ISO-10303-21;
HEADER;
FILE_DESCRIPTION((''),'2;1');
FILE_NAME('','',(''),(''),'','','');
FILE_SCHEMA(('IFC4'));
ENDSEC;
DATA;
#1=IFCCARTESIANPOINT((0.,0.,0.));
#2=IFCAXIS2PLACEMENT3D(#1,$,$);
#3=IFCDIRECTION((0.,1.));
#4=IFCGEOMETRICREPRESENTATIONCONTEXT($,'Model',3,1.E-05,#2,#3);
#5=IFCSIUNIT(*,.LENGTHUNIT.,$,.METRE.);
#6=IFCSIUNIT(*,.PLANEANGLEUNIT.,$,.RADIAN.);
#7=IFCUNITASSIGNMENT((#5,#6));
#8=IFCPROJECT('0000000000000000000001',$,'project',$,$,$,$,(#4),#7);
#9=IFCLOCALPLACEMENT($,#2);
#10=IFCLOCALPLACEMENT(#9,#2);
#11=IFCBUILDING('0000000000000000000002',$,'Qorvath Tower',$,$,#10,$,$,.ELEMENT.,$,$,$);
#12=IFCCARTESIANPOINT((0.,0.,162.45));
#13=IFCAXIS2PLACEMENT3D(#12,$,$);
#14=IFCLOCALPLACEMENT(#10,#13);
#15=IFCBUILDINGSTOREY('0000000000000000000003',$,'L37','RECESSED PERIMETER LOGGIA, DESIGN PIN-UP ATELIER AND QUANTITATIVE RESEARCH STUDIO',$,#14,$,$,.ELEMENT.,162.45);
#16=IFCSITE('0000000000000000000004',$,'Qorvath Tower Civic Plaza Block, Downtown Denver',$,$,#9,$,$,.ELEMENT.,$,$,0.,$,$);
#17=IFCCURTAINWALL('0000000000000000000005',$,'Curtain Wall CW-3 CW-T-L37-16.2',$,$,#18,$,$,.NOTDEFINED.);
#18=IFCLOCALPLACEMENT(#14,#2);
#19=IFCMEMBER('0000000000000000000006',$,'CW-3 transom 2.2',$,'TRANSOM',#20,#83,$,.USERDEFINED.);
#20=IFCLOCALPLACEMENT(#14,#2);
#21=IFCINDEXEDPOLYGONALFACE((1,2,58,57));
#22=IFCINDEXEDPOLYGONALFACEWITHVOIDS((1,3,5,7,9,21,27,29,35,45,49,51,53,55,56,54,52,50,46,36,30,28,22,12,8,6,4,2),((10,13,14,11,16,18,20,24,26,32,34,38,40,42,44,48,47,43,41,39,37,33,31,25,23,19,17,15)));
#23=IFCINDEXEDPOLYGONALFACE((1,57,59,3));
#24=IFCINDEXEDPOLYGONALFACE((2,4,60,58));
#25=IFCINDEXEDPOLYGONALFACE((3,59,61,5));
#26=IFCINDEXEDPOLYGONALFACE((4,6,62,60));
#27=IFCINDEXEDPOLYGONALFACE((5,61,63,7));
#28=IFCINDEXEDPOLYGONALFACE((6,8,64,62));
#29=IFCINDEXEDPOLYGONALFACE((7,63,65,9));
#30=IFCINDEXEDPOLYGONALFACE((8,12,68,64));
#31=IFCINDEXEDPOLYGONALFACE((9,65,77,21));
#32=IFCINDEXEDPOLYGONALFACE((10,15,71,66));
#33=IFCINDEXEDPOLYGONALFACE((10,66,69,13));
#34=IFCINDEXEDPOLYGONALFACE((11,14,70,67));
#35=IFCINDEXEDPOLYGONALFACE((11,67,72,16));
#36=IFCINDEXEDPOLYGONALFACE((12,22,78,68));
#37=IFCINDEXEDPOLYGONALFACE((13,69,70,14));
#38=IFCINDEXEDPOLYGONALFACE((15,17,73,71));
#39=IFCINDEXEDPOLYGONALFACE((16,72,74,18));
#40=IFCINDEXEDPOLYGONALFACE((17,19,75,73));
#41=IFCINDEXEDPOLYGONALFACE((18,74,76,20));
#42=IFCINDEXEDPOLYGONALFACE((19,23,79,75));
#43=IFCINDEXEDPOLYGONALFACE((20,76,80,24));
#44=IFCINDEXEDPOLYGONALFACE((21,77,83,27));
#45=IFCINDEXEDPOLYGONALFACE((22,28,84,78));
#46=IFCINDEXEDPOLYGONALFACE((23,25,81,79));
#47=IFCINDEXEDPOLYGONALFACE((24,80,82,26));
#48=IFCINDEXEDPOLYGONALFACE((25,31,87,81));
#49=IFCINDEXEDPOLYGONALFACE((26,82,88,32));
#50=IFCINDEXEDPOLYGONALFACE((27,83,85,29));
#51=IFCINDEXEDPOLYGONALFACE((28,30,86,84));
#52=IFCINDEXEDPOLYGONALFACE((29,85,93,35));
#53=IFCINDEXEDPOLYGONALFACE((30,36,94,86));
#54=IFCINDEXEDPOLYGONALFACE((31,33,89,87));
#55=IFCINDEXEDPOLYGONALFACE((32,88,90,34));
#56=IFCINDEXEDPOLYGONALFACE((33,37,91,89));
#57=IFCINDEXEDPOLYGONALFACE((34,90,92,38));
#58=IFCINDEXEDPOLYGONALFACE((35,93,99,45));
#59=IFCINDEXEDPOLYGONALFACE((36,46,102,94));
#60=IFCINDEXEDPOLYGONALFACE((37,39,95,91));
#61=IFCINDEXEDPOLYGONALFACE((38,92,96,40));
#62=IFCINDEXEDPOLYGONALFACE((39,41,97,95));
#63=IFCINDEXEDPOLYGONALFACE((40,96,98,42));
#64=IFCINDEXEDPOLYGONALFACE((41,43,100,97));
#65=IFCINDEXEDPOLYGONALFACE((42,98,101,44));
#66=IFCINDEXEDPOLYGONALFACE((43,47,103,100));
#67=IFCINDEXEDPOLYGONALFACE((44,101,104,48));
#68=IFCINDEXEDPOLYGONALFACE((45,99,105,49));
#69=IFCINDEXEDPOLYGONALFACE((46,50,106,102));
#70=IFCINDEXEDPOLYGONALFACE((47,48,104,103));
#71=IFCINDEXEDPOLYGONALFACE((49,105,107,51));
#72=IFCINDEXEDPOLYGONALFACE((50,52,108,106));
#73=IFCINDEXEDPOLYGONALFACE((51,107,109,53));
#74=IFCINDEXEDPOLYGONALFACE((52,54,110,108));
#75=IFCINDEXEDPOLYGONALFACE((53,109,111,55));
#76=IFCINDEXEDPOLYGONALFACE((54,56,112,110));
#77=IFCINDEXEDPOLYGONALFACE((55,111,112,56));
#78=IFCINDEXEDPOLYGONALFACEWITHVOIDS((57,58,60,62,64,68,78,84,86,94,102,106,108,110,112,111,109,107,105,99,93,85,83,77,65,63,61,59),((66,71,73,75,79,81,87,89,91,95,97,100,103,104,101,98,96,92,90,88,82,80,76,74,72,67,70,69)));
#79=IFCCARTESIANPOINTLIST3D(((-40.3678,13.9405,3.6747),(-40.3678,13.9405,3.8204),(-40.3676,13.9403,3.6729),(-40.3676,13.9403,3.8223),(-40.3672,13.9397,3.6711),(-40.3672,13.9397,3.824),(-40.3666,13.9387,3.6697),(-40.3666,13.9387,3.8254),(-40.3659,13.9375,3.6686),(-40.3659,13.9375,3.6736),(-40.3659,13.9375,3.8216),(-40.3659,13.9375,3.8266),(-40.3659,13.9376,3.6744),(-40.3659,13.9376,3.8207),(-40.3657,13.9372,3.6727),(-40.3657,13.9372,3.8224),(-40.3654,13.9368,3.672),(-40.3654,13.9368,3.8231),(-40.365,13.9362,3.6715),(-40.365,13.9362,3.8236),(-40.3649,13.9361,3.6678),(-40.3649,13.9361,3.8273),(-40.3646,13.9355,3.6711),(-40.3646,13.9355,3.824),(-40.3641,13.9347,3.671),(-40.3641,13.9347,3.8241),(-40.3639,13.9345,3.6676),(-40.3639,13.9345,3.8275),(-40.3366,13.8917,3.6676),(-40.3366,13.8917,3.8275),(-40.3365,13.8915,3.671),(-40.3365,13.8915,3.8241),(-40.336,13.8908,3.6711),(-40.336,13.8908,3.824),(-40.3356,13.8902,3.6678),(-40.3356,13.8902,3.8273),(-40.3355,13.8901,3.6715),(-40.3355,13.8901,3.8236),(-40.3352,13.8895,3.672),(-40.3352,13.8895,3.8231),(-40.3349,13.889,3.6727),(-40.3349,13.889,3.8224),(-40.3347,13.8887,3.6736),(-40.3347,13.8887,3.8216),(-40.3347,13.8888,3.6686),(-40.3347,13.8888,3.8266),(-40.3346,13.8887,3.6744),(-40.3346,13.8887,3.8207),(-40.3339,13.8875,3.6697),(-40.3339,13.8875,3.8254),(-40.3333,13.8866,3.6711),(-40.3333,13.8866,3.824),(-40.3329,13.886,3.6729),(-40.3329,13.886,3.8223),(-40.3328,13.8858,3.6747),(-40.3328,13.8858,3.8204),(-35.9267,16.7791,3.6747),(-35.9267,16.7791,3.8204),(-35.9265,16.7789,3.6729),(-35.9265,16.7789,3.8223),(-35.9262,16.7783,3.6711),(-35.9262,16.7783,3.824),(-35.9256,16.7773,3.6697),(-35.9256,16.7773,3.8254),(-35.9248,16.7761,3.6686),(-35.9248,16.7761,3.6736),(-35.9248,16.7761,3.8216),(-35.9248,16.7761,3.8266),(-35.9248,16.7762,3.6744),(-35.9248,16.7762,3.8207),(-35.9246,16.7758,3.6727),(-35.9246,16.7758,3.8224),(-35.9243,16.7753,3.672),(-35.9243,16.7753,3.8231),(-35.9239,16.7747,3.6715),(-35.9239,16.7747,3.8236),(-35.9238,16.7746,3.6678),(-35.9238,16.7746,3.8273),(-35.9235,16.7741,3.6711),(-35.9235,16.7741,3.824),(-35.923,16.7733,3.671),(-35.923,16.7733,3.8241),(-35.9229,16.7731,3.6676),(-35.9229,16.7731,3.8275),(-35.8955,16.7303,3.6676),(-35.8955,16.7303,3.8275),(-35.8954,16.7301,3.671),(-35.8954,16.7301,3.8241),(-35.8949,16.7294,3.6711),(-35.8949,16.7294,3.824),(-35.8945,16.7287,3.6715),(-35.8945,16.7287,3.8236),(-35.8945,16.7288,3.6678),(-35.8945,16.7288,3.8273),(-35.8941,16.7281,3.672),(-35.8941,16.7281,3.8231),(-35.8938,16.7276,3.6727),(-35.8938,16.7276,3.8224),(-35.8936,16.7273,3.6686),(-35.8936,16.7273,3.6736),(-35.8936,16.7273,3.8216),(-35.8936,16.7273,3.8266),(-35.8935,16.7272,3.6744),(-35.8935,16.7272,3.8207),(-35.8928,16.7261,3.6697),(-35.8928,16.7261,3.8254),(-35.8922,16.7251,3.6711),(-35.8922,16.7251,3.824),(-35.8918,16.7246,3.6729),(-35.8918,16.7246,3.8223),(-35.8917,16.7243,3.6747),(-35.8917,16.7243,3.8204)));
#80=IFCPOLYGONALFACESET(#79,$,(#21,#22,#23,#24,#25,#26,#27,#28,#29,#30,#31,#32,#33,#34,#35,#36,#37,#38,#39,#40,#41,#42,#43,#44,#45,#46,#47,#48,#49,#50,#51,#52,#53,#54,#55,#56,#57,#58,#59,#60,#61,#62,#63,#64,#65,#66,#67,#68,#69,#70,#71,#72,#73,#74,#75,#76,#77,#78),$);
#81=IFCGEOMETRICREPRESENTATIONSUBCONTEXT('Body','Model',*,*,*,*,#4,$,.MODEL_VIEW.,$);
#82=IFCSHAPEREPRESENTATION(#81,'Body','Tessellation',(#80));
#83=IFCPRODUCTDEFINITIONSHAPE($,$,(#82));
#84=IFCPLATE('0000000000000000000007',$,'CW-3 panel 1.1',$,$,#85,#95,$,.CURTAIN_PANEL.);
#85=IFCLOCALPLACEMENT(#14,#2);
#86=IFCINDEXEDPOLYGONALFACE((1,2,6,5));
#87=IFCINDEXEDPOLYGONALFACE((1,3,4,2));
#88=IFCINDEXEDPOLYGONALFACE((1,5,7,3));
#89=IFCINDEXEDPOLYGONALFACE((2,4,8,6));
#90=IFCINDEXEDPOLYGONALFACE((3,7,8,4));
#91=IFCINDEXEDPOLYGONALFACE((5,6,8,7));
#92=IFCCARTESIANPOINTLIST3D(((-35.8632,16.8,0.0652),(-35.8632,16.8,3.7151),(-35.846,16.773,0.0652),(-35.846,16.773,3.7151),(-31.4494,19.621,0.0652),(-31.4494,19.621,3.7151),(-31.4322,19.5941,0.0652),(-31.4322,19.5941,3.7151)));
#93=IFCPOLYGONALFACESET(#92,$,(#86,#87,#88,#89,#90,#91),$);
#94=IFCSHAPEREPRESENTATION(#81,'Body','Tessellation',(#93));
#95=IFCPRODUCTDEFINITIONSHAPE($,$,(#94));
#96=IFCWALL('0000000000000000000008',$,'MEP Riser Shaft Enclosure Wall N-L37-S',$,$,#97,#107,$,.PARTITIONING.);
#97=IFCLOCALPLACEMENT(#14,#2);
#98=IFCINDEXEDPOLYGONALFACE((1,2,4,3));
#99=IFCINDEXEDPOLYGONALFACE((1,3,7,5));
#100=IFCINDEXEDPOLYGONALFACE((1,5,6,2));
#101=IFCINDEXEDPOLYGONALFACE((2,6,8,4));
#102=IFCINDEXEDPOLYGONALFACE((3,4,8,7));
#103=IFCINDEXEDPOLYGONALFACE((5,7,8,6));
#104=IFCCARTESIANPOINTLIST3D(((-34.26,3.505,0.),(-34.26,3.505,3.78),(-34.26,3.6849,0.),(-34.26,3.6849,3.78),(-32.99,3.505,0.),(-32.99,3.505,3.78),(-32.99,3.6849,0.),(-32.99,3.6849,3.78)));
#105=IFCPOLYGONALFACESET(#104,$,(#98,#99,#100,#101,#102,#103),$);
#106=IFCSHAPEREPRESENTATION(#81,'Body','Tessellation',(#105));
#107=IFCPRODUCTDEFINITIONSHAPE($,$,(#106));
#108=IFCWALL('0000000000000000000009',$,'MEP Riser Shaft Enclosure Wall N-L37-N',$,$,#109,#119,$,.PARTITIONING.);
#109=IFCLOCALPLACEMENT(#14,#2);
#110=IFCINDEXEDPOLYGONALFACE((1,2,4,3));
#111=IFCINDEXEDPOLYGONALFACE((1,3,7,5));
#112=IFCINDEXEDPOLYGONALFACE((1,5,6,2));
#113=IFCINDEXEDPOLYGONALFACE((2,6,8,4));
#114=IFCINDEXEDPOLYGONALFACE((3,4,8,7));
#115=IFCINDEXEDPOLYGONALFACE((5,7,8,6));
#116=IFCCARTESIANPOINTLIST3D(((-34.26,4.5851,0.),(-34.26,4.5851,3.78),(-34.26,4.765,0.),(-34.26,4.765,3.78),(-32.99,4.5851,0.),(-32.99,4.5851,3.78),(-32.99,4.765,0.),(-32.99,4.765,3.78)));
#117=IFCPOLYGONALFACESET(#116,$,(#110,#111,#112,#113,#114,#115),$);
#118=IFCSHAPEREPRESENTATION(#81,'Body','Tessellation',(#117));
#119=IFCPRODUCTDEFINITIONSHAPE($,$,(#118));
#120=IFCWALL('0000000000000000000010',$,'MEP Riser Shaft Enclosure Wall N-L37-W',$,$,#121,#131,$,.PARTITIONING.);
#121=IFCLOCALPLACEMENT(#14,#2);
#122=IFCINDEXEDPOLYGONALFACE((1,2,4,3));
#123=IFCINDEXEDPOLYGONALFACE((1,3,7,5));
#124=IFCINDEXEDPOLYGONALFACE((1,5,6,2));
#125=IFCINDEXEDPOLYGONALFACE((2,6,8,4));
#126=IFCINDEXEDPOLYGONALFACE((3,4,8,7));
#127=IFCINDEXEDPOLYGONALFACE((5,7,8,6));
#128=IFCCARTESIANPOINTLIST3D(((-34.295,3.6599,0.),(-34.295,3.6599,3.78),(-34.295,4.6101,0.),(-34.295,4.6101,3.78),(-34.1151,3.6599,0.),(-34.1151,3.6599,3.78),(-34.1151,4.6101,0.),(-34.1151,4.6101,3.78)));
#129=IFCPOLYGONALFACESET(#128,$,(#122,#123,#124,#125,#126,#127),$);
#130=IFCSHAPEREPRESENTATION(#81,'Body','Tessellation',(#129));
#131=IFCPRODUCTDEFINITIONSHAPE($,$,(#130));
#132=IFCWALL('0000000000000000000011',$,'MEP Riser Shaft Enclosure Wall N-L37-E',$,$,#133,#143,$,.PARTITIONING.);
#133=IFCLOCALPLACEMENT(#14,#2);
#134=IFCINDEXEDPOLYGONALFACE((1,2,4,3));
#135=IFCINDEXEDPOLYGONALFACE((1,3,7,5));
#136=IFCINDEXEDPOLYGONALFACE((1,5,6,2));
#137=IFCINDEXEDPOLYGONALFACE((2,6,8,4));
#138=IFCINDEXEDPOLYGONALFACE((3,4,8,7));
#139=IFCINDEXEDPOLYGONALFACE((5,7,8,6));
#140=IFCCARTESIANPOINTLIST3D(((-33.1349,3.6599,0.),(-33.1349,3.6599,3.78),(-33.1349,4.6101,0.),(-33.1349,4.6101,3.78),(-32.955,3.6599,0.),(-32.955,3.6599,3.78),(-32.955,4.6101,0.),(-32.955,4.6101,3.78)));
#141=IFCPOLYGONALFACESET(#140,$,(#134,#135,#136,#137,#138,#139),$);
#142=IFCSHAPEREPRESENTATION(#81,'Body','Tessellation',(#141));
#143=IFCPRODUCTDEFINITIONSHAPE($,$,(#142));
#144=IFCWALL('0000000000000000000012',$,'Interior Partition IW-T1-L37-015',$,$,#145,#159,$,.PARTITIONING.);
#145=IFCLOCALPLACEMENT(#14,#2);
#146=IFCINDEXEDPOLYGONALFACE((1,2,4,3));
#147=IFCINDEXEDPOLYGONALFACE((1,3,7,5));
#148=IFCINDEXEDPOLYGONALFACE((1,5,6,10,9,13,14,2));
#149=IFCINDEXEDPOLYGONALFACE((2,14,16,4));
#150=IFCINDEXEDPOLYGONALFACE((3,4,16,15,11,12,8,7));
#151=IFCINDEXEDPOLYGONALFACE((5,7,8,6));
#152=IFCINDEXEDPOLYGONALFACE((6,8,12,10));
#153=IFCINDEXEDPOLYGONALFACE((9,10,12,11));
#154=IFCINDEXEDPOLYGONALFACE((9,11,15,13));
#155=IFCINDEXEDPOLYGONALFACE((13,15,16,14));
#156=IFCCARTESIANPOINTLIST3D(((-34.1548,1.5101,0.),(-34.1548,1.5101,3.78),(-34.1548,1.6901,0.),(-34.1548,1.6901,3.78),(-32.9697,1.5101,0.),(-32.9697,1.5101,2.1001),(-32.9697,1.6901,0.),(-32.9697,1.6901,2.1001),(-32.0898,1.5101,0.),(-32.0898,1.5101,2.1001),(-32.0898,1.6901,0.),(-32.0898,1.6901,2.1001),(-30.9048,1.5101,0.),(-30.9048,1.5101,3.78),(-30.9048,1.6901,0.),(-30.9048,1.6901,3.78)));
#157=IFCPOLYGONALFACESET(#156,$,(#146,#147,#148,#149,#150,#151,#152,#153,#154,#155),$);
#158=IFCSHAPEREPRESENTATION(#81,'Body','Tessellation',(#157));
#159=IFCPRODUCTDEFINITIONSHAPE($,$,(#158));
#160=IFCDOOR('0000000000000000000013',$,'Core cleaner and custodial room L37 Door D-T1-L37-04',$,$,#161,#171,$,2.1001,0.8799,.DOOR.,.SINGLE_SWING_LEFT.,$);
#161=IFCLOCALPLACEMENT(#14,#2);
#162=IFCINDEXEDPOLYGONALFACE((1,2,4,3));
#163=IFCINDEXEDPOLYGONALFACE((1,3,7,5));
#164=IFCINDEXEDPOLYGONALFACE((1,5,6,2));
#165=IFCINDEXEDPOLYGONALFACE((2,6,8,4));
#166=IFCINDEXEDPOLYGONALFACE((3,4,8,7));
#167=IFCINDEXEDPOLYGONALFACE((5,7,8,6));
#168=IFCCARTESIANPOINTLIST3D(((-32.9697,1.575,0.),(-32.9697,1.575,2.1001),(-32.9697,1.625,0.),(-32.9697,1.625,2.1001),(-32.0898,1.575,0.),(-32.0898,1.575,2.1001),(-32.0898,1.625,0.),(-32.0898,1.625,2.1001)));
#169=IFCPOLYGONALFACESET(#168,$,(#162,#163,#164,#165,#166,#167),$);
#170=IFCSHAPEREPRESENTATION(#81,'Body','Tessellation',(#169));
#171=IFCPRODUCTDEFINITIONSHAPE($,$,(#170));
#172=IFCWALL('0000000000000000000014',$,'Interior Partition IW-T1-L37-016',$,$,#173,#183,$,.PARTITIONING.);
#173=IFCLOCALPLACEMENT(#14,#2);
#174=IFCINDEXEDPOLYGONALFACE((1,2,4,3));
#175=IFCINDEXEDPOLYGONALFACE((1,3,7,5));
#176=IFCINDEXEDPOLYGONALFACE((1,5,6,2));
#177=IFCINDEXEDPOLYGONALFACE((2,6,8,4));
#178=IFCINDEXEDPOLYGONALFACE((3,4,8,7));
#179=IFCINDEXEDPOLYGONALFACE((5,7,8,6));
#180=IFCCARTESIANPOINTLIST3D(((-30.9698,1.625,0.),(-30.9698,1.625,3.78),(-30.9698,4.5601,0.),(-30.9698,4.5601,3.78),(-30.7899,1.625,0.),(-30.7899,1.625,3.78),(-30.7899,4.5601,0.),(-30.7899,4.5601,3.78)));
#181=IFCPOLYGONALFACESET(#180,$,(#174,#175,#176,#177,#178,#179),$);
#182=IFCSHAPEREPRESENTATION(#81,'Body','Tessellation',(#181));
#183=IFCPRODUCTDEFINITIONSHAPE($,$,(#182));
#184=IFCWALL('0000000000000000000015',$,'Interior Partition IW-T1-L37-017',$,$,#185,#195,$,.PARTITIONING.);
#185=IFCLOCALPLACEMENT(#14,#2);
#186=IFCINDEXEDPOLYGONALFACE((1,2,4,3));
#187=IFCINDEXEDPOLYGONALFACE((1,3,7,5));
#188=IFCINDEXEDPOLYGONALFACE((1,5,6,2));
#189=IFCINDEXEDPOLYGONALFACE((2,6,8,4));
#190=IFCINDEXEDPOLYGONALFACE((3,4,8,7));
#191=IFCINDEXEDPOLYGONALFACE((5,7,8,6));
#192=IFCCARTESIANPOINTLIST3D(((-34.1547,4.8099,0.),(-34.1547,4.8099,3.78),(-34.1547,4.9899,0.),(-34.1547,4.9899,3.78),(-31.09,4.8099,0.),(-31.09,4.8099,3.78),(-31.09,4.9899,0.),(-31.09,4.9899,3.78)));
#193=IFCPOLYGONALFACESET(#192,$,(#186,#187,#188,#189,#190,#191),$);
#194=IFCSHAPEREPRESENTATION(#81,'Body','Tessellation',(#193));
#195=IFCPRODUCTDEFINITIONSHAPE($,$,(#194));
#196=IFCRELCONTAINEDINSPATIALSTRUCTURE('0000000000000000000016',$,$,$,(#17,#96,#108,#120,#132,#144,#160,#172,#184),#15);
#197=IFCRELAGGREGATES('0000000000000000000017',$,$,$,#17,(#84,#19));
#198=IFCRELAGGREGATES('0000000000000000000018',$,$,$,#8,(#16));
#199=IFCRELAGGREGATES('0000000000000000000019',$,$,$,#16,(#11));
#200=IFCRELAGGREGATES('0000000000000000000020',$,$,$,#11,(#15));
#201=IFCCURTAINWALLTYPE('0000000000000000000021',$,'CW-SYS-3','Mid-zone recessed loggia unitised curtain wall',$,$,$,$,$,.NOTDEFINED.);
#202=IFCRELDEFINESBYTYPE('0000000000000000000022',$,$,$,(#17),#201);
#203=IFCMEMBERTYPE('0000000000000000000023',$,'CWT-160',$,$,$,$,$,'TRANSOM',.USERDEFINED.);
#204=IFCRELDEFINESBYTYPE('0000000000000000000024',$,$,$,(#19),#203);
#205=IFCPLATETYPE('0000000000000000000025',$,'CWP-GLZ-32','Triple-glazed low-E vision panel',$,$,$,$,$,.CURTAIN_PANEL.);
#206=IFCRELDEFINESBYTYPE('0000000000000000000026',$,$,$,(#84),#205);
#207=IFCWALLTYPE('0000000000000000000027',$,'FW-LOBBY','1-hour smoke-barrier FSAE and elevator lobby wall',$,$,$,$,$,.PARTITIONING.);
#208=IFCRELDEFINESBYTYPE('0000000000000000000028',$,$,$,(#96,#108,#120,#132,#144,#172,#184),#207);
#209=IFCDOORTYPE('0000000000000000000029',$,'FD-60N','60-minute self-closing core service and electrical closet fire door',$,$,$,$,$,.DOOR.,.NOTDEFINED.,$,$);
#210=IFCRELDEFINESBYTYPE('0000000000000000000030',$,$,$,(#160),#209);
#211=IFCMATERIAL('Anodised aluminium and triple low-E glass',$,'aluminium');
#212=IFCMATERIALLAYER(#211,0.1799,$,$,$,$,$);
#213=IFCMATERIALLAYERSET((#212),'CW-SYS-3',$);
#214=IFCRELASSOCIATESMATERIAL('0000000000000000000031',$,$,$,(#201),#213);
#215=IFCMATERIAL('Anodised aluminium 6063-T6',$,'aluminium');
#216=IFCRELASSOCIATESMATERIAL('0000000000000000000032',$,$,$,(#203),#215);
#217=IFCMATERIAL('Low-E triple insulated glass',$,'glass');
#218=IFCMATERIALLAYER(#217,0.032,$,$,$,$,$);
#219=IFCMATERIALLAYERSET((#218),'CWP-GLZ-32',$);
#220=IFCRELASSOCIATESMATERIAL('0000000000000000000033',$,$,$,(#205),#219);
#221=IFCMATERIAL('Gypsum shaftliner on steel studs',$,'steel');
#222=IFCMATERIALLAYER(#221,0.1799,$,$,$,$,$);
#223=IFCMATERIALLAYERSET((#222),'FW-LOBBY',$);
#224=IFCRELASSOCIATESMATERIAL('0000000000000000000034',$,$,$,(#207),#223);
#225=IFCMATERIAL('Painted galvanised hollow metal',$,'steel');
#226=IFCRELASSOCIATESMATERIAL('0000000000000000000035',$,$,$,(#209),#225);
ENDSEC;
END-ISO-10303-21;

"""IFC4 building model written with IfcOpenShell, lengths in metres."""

from ifc_helpers import new_model, si_unit, direction, frame, frame_2d, origin, origin_2d, place, context, subcontext, project, spatial, rectangle, hollow_rectangle, extrude, material, layer, layer_set, material_profile, profile_set, type_object, element, fill, aggregate, save


model = new_model("IFC4")

# Units and contexts
model_context = context("Model", 3, precision=1e-05, world=origin(), true_north=direction((0.0, 1.0)))
body_context = subcontext(model_context, "Body", "Model", "MODEL_VIEW")
ifc_project = project(units=[si_unit("LENGTHUNIT", "METRE"), si_unit("PLANEANGLEUNIT", "RADIAN")], contexts=[model_context])

# Site, building, storey
site_placement = place(None, origin())
site = spatial("IfcSite", under=ifc_project, at=site_placement, Name="Qorvath Tower Civic Plaza Block, Downtown Denver", CompositionType="ELEMENT", RefElevation=0.0)
building_placement = place(site_placement, origin())
building = spatial("IfcBuilding", under=site, at=building_placement, Name="Qorvath Tower", CompositionType="ELEMENT")
storey_placement = place(building_placement, frame((0.0, 0.0, 162.45)))
storey = spatial("IfcBuildingStorey", under=building, at=storey_placement, Name="L37", Description="RECESSED PERIMETER LOGGIA, DESIGN PIN-UP ATELIER AND QUANTITATIVE RESEARCH STUDIO", CompositionType="ELEMENT", Elevation=162.45)

# Shared definitions
ifc_material_1 = material(Name="Anodised aluminium and triple low-E glass", Category="aluminium")
ifc_layer_1 = layer(ifc_material_1, 0.1799)
ifc_layer_set_1 = layer_set([ifc_layer_1], Name="CW-SYS-3")
curtain_wall_type = type_object("IfcCurtainWallType", Name="CW-SYS-3", Description="Mid-zone recessed loggia unitised curtain wall", PredefinedType="NOTDEFINED", material=ifc_layer_set_1)

# Curtain wall, member, plate
curtain_wall_1_placement = place(storey_placement, origin())
curtain_wall_1 = element("IfcCurtainWall", 1, at=curtain_wall_1_placement, inside=storey, type_object=curtain_wall_type, Name="Curtain Wall CW-3 CW-T-L37-16.2", PredefinedType="NOTDEFINED")
ifc_material_2 = material(Name="Anodised aluminium 6063-T6", Category="aluminium")
ifc_material_profile_1 = material_profile(ifc_material_2, hollow_rectangle(XDim=0.0649, YDim=0.1599, WallThickness=0.0034, InnerFilletRadius=0.0034, OuterFilletRadius=0.0071, at=origin_2d()), Name="CWT 160x65")
ifc_profile_set_1 = profile_set([ifc_material_profile_1], Name="Anodised aluminium 6063-T6")
member_type_1 = type_object("IfcMemberType", Name="CWT-160", ElementType="TRANSOM", PredefinedType="USERDEFINED", material=ifc_profile_set_1)
member_1_placement = place(storey_placement, frame((-35.9092, 16.7517, 3.7476), z_axis=(-0.842592, -0.538553, 0.0), x_axis=(0.538553, -0.842592, 0.0)))
member_1 = element("IfcMember", 2, at=member_1_placement, type_object=member_type_1, Name="CW-3 transom 2.2", ObjectType="TRANSOM", PredefinedType="USERDEFINED", context=body_context, shape_type="SweptSolid", body=[
    extrude(hollow_rectangle(XDim=0.0649, YDim=0.1599, WallThickness=0.0034, InnerFilletRadius=0.0034, OuterFilletRadius=0.0071, at=origin_2d()), origin(), (0.0, 0.0, 1.0), 5.2708),
])
ifc_material_3 = material(Name="Low-E triple insulated glass", Category="glass")
ifc_layer_2 = layer(ifc_material_3, 0.032)
ifc_layer_set_2 = layer_set([ifc_layer_2], Name="CWP-GLZ-32")
plate_type = type_object("IfcPlateType", Name="CWP-GLZ-32", Description="Triple-glazed low-E vision panel", PredefinedType="CURTAIN_PANEL", material=ifc_layer_set_2)
plate_placement = place(storey_placement, frame((-33.6477, 18.197, 0.0652), z_axis=(0.0, 0.0, 1.0), x_axis=(-0.8426, -0.538539, 0.0)))
plate = element("IfcPlate", 3, at=plate_placement, type_object=plate_type, Name="CW-3 panel 1.1", PredefinedType="CURTAIN_PANEL", context=body_context, shape_type="SweptSolid", body=[
    extrude(rectangle(XDim=5.2383, YDim=0.032, at=origin_2d()), origin(), (0.0, 0.0, 1.0), 3.6499),
])
aggregate(curtain_wall_1, [plate, member_1])

# Walls
ifc_material_4 = material(Name="Gypsum shaftliner on steel studs", Category="steel")
ifc_layer_3 = layer(ifc_material_4, 0.1799)
ifc_layer_set_3 = layer_set([ifc_layer_3], Name="FW-LOBBY")
wall_type_1 = type_object("IfcWallType", Name="FW-LOBBY", Description="1-hour smoke-barrier FSAE and elevator lobby wall", PredefinedType="PARTITIONING", material=ifc_layer_set_3)
for number, where, z_axis, x_axis, name in (
    (4, (-32.99, 3.595, 0.0), (0.0, 0.0, 1.0), (-1.0, 0.0, 0.0), "MEP Riser Shaft Enclosure Wall N-L37-S"),
    (5, (-34.26, 4.675, 0.0), (0.0, 0.0, 1.0), (1.0, 0.0, 0.0), "MEP Riser Shaft Enclosure Wall N-L37-N"),
):
    element("IfcWall", number, at=place(storey_placement, frame(where, z_axis=z_axis, x_axis=x_axis)), inside=storey, type_object=wall_type_1, Name=name, PredefinedType="PARTITIONING", context=body_context, shape_type="SweptSolid", body=[
        extrude(rectangle(XDim=1.27, YDim=0.1799, at=frame_2d((0.635, 0.0))), origin(), (0.0, 0.0, 1.0), 3.78),
    ])
for number, where, z_axis, x_axis, name in (
    (6, (-34.2051, 3.6599, 0.0), (0.0, 0.0, 1.0), (0.0, 1.0, 0.0), "MEP Riser Shaft Enclosure Wall N-L37-W"),
    (7, (-33.0449, 4.6101, 0.0), (0.0, 0.0, 1.0), (0.0, -1.0, 0.0), "MEP Riser Shaft Enclosure Wall N-L37-E"),
):
    element("IfcWall", number, at=place(storey_placement, frame(where, z_axis=z_axis, x_axis=x_axis)), inside=storey, type_object=wall_type_1, Name=name, PredefinedType="PARTITIONING", context=body_context, shape_type="SweptSolid", body=[
        extrude(rectangle(XDim=0.9502, YDim=0.1799, at=frame_2d((0.4751, 0.0))), origin(), (0.0, 0.0, 1.0), 3.78),
    ])

# Wall, opening, door
wall_1_placement = place(storey_placement, frame((-34.1548, 1.6001, 0.0), z_axis=(0.0, 0.0, 1.0), x_axis=(1.0, 0.0, 0.0)))
wall_1 = element("IfcWall", 8, at=wall_1_placement, inside=storey, type_object=wall_type_1, Name="Interior Partition IW-T1-L37-015", PredefinedType="PARTITIONING", context=body_context, shape_type="SweptSolid", body=[
    extrude(rectangle(XDim=3.25, YDim=0.1799, at=frame_2d((1.625, 0.0))), origin(), (0.0, 0.0, 1.0), 3.78),
])
opening_1_placement = place(wall_1_placement, frame((1.1851, 0.0, 0.0)))
opening_1 = element("IfcOpeningElement", 9, at=opening_1_placement, cuts=wall_1, PredefinedType="OPENING", context=body_context, shape_type="SweptSolid", body=[
    extrude(rectangle(XDim=0.8799, YDim=2.1001, at=frame_2d((0.4399, 1.05))), frame((0.0, 0.1001, 0.0), z_axis=(0.0, -1.0, 0.0), x_axis=(1.0, 0.0, 0.0)), (0.0, 0.0, 1.0), 0.2),
])
ifc_material_5 = material(Name="Painted galvanised hollow metal", Category="steel")
door_type_1 = type_object("IfcDoorType", Name="FD-60N", Description="60-minute self-closing core service and electrical closet fire door", OperationType="NOTDEFINED", PredefinedType="DOOR", material=ifc_material_5)
door_1_placement = place(opening_1_placement, origin())
door_1 = element("IfcDoor", 10, at=door_1_placement, inside=storey, type_object=door_type_1, Name="Core cleaner and custodial room L37 Door D-T1-L37-04", OperationType="SINGLE_SWING_LEFT", OverallHeight=2.1001, OverallWidth=0.8799, PredefinedType="DOOR", context=body_context, shape_type="SweptSolid", body=[
    extrude(rectangle(XDim=0.8799, YDim=2.1001, at=frame_2d((0.4399, 1.05))), frame((0.0, 0.0249, 0.0), z_axis=(0.0, -1.0, 0.0), x_axis=(1.0, 0.0, 0.0)), (0.0, 0.0, 1.0), 0.05),
])
fill(opening_1, door_1)

# Walls
wall_2_placement = place(storey_placement, frame((-30.8799, 1.625, 0.0), z_axis=(0.0, 0.0, 1.0), x_axis=(0.0, 1.0, 0.0)))
element("IfcWall", 11, at=wall_2_placement, inside=storey, type_object=wall_type_1, Name="Interior Partition IW-T1-L37-016", PredefinedType="PARTITIONING", context=body_context, shape_type="SweptSolid", body=[
    extrude(rectangle(XDim=2.9351, YDim=0.1799, at=frame_2d((1.4675, 0.0))), origin(), (0.0, 0.0, 1.0), 3.78),
])
wall_3_placement = place(storey_placement, frame((-31.0901, 4.8999, 0.0), z_axis=(0.0, 0.0, 1.0), x_axis=(-1.0, 0.0, 0.0)))
element("IfcWall", 12, at=wall_3_placement, inside=storey, type_object=wall_type_1, Name="Interior Partition IW-T1-L37-017", PredefinedType="PARTITIONING", context=body_context, shape_type="SweptSolid", body=[
    extrude(rectangle(XDim=3.0647, YDim=0.1799, at=frame_2d((1.5322, 0.0))), origin(), (0.0, 0.0, 1.0), 3.78),
])

save(model, "model.ifc")
